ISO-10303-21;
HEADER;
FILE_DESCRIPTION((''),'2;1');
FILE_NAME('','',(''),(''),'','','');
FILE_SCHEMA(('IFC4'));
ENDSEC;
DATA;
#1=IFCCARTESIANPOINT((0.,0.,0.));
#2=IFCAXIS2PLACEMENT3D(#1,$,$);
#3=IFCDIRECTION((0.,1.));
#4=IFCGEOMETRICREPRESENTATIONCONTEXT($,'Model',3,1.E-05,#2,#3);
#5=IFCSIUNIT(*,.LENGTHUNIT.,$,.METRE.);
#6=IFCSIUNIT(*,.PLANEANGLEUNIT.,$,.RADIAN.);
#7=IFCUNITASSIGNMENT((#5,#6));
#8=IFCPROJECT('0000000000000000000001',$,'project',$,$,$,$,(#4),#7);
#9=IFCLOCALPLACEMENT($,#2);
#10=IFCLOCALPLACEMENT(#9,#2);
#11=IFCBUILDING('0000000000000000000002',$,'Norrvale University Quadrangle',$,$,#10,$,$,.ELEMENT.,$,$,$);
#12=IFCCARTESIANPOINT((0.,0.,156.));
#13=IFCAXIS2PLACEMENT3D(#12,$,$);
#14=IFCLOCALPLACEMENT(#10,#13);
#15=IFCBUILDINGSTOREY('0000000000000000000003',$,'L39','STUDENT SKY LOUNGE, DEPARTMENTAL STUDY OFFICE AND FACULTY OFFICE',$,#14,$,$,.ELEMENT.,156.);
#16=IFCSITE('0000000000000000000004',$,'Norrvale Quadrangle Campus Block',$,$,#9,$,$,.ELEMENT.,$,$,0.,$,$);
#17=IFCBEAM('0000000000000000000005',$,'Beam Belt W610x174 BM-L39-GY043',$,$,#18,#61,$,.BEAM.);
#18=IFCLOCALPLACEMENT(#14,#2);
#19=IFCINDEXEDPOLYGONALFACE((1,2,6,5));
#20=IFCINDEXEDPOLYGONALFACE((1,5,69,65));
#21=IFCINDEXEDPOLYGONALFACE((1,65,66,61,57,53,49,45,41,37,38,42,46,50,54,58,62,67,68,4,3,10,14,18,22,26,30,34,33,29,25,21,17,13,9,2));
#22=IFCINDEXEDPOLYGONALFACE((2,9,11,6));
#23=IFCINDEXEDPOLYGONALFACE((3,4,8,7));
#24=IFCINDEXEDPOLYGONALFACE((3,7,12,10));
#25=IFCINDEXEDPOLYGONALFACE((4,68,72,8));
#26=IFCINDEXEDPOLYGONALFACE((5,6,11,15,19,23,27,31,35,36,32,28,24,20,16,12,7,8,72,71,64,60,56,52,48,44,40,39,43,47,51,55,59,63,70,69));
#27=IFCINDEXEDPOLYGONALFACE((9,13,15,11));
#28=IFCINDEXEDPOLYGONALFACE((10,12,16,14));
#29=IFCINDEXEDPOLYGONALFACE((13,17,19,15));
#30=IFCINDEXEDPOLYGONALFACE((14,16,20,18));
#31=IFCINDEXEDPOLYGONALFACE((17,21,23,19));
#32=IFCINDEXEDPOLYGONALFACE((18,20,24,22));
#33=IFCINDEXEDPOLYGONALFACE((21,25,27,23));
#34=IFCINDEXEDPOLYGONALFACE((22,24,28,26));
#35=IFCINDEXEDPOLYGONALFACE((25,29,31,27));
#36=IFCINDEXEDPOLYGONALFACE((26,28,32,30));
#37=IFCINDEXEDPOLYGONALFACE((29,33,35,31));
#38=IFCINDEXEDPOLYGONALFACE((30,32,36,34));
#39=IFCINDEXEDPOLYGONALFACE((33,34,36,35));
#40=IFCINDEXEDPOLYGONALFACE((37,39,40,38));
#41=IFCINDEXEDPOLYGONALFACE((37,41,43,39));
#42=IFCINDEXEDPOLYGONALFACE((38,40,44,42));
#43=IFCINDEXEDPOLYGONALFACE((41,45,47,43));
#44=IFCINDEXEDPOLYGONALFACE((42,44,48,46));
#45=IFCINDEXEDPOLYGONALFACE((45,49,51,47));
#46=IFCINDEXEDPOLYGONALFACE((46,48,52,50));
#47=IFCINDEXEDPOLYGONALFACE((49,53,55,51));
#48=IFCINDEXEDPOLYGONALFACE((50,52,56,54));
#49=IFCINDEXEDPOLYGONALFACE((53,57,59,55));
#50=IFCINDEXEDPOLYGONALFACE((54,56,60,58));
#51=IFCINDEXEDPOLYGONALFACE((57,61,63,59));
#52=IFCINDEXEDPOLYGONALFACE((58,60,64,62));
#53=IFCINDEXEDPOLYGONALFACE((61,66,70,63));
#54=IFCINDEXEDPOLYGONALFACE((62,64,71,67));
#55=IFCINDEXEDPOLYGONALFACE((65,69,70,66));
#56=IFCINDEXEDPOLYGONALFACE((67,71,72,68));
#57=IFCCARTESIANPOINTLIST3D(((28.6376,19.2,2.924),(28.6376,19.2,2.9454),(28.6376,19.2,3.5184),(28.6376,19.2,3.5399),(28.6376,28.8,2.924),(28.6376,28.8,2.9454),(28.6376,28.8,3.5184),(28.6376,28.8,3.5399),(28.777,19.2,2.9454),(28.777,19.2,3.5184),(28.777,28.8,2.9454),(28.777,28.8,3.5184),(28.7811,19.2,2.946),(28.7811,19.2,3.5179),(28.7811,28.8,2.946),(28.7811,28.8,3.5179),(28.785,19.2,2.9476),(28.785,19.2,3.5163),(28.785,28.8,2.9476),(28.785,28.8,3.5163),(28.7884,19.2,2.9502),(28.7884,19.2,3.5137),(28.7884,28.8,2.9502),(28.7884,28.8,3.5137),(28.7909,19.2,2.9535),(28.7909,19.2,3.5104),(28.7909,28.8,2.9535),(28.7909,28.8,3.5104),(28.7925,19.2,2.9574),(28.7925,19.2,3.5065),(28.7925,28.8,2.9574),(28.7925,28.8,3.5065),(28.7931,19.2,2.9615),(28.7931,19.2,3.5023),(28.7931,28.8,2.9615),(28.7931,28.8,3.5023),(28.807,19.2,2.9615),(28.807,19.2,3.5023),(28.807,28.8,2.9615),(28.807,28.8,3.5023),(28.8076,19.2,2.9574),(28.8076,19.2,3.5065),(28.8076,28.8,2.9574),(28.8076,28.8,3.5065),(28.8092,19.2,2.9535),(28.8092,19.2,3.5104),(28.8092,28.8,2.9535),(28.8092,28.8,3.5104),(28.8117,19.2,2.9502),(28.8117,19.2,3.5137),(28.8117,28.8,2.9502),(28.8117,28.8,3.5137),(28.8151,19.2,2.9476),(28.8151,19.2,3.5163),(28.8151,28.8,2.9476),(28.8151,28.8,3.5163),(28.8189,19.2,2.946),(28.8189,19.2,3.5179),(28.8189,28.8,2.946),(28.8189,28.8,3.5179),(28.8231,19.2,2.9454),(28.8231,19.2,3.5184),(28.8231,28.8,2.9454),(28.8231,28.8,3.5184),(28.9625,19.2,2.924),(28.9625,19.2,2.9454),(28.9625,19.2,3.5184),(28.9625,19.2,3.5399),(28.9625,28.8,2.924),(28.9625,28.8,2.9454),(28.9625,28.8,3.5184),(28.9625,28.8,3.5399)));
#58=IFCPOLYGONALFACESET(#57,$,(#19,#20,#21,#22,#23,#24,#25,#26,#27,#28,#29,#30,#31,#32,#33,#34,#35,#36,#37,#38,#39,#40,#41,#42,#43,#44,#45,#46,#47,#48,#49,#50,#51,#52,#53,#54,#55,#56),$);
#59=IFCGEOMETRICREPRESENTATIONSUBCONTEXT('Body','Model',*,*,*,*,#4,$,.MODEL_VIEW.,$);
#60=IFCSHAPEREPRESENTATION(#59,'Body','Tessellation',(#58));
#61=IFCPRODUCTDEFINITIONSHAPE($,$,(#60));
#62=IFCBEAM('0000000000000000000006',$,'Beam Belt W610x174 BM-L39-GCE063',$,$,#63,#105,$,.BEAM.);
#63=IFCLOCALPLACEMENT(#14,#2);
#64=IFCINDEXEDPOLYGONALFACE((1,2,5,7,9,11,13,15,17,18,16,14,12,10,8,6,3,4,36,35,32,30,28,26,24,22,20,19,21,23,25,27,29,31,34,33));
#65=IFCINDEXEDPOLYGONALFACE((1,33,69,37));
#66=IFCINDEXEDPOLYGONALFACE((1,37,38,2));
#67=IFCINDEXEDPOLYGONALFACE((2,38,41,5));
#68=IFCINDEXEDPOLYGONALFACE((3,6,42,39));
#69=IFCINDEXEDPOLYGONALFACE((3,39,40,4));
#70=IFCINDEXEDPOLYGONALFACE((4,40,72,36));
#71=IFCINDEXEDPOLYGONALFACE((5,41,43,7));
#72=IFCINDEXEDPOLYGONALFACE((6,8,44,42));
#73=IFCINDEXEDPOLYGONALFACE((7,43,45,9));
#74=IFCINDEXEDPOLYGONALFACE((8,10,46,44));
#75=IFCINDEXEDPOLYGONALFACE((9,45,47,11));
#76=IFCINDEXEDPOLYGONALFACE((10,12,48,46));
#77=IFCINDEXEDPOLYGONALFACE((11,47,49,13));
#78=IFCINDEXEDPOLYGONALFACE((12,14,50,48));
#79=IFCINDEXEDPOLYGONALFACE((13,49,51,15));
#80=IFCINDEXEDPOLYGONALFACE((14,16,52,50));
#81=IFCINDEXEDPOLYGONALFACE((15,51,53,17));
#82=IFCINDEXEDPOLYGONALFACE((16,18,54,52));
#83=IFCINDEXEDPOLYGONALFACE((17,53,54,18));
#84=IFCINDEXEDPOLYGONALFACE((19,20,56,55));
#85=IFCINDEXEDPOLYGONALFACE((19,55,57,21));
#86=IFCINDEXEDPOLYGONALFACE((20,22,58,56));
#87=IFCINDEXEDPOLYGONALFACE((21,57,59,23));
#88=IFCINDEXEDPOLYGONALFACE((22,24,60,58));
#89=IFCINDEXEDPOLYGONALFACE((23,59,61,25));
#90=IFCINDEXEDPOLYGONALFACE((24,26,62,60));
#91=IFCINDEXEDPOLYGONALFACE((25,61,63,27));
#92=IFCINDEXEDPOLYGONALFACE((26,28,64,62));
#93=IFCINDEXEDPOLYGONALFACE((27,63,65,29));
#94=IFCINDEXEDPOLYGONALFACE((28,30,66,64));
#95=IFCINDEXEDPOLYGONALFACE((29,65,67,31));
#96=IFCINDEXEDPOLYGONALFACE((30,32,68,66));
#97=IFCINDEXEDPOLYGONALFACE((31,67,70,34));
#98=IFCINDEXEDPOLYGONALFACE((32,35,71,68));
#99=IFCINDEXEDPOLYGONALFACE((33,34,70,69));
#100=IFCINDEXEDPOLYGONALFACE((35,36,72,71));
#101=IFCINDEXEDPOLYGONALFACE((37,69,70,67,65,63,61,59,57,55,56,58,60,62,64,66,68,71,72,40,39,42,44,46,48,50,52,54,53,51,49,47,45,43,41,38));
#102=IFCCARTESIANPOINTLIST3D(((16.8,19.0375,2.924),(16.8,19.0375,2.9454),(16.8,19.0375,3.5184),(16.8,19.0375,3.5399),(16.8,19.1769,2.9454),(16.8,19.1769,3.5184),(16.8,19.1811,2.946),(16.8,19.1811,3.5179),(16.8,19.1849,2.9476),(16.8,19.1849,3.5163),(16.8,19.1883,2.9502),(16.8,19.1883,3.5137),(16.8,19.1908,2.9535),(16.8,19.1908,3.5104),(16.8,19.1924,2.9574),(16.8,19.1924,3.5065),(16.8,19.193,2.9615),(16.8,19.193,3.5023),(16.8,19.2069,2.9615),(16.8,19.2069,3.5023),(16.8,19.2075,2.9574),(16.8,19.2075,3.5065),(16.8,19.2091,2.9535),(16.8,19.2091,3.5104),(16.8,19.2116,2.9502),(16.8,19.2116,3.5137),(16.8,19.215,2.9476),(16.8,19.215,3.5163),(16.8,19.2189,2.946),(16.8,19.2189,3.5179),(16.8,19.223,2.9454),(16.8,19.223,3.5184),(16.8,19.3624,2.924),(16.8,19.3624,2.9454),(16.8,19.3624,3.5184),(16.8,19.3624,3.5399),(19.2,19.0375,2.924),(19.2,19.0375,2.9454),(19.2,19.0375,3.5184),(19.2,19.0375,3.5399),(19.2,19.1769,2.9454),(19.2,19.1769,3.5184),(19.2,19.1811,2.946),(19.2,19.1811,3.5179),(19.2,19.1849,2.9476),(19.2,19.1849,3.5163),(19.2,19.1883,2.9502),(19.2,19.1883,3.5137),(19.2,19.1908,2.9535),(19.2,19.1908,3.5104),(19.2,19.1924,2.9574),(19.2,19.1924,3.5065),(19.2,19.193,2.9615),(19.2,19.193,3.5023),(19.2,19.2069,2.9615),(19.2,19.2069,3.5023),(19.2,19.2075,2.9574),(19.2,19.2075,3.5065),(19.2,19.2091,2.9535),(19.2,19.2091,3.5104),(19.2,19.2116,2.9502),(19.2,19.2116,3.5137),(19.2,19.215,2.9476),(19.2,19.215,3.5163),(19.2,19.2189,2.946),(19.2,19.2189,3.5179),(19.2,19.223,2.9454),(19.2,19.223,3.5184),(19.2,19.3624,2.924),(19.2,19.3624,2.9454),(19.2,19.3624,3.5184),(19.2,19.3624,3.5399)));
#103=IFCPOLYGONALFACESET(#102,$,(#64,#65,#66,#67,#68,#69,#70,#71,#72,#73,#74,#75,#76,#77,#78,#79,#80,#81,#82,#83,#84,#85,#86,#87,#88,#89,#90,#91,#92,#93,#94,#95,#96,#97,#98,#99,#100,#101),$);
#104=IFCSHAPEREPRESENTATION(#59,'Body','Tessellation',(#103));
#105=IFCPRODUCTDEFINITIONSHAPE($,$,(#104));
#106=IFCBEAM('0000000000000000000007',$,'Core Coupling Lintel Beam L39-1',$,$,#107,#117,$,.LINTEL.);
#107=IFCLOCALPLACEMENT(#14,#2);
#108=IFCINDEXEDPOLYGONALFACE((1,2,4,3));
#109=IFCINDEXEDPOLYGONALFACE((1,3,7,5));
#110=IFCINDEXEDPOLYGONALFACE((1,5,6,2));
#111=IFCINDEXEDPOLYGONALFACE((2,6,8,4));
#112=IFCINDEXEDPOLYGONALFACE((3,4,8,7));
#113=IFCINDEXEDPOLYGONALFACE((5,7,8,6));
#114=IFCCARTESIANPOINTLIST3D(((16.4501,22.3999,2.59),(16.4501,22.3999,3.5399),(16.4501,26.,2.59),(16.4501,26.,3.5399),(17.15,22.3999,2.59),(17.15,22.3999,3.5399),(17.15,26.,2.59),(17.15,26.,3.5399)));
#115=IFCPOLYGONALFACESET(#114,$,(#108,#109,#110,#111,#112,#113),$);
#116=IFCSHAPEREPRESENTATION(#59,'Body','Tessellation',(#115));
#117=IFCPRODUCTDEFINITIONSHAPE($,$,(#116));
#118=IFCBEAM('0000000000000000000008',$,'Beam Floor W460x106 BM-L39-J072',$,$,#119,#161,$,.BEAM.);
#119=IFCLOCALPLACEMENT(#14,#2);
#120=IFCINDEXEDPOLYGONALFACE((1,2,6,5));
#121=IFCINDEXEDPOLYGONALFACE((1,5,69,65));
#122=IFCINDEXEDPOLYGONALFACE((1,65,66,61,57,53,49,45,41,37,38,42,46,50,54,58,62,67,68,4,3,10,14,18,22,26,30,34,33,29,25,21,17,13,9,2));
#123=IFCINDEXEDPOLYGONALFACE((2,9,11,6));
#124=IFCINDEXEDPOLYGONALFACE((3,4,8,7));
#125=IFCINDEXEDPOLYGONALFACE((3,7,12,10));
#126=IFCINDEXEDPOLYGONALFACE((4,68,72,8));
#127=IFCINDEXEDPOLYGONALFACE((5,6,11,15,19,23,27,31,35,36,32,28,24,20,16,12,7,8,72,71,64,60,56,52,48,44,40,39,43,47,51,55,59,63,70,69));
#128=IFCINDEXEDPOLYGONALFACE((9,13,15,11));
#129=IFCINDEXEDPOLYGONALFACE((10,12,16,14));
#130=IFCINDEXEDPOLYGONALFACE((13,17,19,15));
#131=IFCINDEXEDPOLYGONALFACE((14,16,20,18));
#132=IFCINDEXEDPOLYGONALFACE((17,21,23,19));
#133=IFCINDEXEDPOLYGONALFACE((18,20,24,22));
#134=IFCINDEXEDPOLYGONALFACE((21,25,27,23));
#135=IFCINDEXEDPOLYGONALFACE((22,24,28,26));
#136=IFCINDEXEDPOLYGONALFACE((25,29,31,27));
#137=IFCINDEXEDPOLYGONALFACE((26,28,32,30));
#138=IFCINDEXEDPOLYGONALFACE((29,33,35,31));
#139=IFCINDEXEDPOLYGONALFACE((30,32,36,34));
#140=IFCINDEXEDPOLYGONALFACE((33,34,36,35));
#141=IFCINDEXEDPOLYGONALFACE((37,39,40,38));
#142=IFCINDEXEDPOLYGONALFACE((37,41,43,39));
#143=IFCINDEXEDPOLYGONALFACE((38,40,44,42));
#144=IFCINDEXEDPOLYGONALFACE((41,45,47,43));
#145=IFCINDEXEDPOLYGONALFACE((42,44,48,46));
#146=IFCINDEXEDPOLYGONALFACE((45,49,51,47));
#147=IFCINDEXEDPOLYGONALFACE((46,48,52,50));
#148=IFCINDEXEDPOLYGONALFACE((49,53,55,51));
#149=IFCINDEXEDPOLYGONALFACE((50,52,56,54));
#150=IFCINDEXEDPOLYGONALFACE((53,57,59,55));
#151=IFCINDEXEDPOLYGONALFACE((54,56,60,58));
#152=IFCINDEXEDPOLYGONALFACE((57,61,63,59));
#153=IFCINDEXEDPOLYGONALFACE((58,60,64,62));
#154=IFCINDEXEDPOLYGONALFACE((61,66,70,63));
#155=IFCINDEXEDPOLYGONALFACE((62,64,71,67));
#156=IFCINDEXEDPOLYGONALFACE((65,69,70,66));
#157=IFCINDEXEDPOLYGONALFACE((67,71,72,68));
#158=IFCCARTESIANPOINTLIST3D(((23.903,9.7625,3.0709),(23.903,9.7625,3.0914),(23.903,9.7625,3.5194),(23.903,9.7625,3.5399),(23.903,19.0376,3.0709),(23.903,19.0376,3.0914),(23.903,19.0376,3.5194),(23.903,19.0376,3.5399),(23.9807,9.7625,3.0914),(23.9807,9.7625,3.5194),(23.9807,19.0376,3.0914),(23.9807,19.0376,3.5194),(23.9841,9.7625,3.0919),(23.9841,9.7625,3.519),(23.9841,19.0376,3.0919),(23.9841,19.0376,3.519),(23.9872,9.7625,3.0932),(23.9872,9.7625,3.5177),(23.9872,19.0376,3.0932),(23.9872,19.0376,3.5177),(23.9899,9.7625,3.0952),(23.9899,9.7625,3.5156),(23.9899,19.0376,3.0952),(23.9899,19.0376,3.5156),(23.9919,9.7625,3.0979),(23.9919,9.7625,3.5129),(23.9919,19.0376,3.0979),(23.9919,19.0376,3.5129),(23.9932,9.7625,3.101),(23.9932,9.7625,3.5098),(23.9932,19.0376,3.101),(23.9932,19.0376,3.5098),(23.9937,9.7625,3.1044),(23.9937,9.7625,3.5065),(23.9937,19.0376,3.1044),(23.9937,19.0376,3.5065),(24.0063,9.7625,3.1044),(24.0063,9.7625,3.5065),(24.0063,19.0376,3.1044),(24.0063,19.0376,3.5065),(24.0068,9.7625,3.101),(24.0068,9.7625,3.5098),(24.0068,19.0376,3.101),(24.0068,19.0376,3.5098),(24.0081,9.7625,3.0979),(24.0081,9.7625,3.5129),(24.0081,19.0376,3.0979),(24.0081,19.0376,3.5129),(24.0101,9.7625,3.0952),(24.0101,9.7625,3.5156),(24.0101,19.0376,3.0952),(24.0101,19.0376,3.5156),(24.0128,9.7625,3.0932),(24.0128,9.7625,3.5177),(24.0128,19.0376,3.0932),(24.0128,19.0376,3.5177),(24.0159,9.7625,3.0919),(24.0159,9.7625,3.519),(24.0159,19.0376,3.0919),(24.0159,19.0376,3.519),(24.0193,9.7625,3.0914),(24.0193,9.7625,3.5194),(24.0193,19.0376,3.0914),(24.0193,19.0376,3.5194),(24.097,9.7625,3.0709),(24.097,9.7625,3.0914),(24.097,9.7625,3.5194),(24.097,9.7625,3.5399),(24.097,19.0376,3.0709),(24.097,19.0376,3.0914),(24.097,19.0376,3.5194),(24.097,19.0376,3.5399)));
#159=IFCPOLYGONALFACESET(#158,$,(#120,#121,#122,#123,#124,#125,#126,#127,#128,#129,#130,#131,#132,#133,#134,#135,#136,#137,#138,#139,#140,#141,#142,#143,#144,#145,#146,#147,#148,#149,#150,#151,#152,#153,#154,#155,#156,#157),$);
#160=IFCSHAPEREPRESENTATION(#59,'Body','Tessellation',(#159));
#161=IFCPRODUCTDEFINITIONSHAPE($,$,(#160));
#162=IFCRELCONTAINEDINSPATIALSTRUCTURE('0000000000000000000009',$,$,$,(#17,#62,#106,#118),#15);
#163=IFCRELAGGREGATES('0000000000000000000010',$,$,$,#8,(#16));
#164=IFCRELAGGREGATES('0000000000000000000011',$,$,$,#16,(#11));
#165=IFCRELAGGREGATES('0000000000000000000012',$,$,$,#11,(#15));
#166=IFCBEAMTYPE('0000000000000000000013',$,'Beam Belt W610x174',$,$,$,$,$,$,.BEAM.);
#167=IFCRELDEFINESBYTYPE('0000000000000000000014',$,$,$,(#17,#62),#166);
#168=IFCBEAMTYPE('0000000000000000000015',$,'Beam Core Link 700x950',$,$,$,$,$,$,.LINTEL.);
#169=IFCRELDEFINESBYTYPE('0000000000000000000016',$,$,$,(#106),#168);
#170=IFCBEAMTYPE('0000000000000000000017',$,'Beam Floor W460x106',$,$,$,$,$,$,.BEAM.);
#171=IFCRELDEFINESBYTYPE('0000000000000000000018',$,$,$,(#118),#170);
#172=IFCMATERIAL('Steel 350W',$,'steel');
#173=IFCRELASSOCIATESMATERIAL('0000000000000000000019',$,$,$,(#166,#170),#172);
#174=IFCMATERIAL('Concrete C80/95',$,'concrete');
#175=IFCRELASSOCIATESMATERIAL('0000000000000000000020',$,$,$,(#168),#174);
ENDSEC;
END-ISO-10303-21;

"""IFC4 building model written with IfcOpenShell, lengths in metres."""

from ifc_helpers import new_model, si_unit, direction, frame, origin, origin_2d, place, context, subcontext, project, spatial, rectangle, i_section, extrude, material, material_profile, profile_set, type_object, element, save


model = new_model("IFC4")

# Units and contexts
model_context = context("Model", 3, precision=1e-05, world=origin(), true_north=direction((0.0, 1.0)))
body_context = subcontext(model_context, "Body", "Model", "MODEL_VIEW")
ifc_project = project(units=[si_unit("LENGTHUNIT", "METRE"), si_unit("PLANEANGLEUNIT", "RADIAN")], contexts=[model_context])

# Site, building, storey
site_placement = place(None, origin())
site = spatial("IfcSite", under=ifc_project, at=site_placement, Name="Norrvale Quadrangle Campus Block", CompositionType="ELEMENT", RefElevation=0.0)
building_placement = place(site_placement, origin())
building = spatial("IfcBuilding", under=site, at=building_placement, Name="Norrvale University Quadrangle", CompositionType="ELEMENT")
storey_placement = place(building_placement, frame((0.0, 0.0, 156.0)))
storey = spatial("IfcBuildingStorey", under=building, at=storey_placement, Name="L39", Description="STUDENT SKY LOUNGE, DEPARTMENTAL STUDY OFFICE AND FACULTY OFFICE", CompositionType="ELEMENT", Elevation=156.0)

# Beams
ifc_material_1 = material(Name="Steel 350W", Category="steel")
ifc_material_profile_1 = material_profile(ifc_material_1, i_section(OverallWidth=0.325, OverallDepth=0.616, WebThickness=0.0139, FlangeThickness=0.0215, FilletRadius=0.0161, at=origin_2d()), Name="Steel 350W")
ifc_profile_set_1 = profile_set([ifc_material_profile_1], Name="Steel 350W")
beam_type_1 = type_object("IfcBeamType", Name="Beam Belt W610x174", PredefinedType="BEAM", material=ifc_profile_set_1)
for number, where, z_axis, x_axis, name in (
    (1, (28.8, 19.2, 3.2319), (0.0, 1.0, 0.0), (-1.0, 0.0, 0.0), "Beam Belt W610x174 BM-L39-GY043"),
):
    element("IfcBeam", number, at=place(storey_placement, frame(where, z_axis=z_axis, x_axis=x_axis)), inside=storey, type_object=beam_type_1, Name=name, PredefinedType="BEAM", context=body_context, shape_type="SweptSolid", body=[
        extrude(i_section(OverallWidth=0.325, OverallDepth=0.616, WebThickness=0.0139, FlangeThickness=0.0215, FilletRadius=0.0161, at=origin_2d()), origin(), (0.0, 0.0, 1.0), 9.6001),
    ])
beam_1_placement = place(storey_placement, frame((16.8, 19.2, 3.2319), z_axis=(1.0, 0.0, 0.0), x_axis=(0.0, 1.0, 0.0)))
element("IfcBeam", 2, at=beam_1_placement, inside=storey, type_object=beam_type_1, Name="Beam Belt W610x174 BM-L39-GCE063", PredefinedType="BEAM", context=body_context, shape_type="SweptSolid", body=[
    extrude(i_section(OverallWidth=0.325, OverallDepth=0.616, WebThickness=0.0139, FlangeThickness=0.0215, FilletRadius=0.0161, at=origin_2d()), origin(), (0.0, 0.0, 1.0), 2.3999),
])
ifc_material_2 = material(Name="Concrete C80/95", Category="concrete")
ifc_material_profile_2 = material_profile(ifc_material_2, rectangle(XDim=0.7, YDim=0.95, at=origin_2d()), Name="Concrete C80/95")
ifc_profile_set_2 = profile_set([ifc_material_profile_2], Name="Concrete C80/95")
beam_type_2 = type_object("IfcBeamType", Name="Beam Core Link 700x950", PredefinedType="LINTEL", material=ifc_profile_set_2)
beam_2_placement = place(storey_placement, frame((16.8, 22.3999, 3.0649), z_axis=(0.0, 1.0, 0.0), x_axis=(-1.0, 0.0, 0.0)))
element("IfcBeam", 3, at=beam_2_placement, inside=storey, type_object=beam_type_2, Name="Core Coupling Lintel Beam L39-1", PredefinedType="LINTEL", context=body_context, shape_type="SweptSolid", body=[
    extrude(rectangle(XDim=0.7, YDim=0.95, at=origin_2d()), origin(), (0.0, 0.0, 1.0), 3.6001),
])
ifc_material_profile_3 = material_profile(ifc_material_1, i_section(OverallWidth=0.1941, OverallDepth=0.469, WebThickness=0.0127, FlangeThickness=0.0205, FilletRadius=0.0129, at=origin_2d()), Name="Steel 350W")
ifc_profile_set_3 = profile_set([ifc_material_profile_3], Name="Steel 350W")
beam_type_3 = type_object("IfcBeamType", Name="Beam Floor W460x106", PredefinedType="BEAM", material=ifc_profile_set_3)
beam_3_placement = place(storey_placement, frame((24.0, 9.7625, 3.3054), z_axis=(0.0, 1.0, 0.0), x_axis=(-1.0, 0.0, 0.0)))
element("IfcBeam", 4, at=beam_3_placement, inside=storey, type_object=beam_type_3, Name="Beam Floor W460x106 BM-L39-J072", PredefinedType="BEAM", context=body_context, shape_type="SweptSolid", body=[
    extrude(i_section(OverallWidth=0.1941, OverallDepth=0.469, WebThickness=0.0127, FlangeThickness=0.0205, FilletRadius=0.0129, at=origin_2d()), origin(), (0.0, 0.0, 1.0), 9.2751),
])

save(model, "model.ifc")
